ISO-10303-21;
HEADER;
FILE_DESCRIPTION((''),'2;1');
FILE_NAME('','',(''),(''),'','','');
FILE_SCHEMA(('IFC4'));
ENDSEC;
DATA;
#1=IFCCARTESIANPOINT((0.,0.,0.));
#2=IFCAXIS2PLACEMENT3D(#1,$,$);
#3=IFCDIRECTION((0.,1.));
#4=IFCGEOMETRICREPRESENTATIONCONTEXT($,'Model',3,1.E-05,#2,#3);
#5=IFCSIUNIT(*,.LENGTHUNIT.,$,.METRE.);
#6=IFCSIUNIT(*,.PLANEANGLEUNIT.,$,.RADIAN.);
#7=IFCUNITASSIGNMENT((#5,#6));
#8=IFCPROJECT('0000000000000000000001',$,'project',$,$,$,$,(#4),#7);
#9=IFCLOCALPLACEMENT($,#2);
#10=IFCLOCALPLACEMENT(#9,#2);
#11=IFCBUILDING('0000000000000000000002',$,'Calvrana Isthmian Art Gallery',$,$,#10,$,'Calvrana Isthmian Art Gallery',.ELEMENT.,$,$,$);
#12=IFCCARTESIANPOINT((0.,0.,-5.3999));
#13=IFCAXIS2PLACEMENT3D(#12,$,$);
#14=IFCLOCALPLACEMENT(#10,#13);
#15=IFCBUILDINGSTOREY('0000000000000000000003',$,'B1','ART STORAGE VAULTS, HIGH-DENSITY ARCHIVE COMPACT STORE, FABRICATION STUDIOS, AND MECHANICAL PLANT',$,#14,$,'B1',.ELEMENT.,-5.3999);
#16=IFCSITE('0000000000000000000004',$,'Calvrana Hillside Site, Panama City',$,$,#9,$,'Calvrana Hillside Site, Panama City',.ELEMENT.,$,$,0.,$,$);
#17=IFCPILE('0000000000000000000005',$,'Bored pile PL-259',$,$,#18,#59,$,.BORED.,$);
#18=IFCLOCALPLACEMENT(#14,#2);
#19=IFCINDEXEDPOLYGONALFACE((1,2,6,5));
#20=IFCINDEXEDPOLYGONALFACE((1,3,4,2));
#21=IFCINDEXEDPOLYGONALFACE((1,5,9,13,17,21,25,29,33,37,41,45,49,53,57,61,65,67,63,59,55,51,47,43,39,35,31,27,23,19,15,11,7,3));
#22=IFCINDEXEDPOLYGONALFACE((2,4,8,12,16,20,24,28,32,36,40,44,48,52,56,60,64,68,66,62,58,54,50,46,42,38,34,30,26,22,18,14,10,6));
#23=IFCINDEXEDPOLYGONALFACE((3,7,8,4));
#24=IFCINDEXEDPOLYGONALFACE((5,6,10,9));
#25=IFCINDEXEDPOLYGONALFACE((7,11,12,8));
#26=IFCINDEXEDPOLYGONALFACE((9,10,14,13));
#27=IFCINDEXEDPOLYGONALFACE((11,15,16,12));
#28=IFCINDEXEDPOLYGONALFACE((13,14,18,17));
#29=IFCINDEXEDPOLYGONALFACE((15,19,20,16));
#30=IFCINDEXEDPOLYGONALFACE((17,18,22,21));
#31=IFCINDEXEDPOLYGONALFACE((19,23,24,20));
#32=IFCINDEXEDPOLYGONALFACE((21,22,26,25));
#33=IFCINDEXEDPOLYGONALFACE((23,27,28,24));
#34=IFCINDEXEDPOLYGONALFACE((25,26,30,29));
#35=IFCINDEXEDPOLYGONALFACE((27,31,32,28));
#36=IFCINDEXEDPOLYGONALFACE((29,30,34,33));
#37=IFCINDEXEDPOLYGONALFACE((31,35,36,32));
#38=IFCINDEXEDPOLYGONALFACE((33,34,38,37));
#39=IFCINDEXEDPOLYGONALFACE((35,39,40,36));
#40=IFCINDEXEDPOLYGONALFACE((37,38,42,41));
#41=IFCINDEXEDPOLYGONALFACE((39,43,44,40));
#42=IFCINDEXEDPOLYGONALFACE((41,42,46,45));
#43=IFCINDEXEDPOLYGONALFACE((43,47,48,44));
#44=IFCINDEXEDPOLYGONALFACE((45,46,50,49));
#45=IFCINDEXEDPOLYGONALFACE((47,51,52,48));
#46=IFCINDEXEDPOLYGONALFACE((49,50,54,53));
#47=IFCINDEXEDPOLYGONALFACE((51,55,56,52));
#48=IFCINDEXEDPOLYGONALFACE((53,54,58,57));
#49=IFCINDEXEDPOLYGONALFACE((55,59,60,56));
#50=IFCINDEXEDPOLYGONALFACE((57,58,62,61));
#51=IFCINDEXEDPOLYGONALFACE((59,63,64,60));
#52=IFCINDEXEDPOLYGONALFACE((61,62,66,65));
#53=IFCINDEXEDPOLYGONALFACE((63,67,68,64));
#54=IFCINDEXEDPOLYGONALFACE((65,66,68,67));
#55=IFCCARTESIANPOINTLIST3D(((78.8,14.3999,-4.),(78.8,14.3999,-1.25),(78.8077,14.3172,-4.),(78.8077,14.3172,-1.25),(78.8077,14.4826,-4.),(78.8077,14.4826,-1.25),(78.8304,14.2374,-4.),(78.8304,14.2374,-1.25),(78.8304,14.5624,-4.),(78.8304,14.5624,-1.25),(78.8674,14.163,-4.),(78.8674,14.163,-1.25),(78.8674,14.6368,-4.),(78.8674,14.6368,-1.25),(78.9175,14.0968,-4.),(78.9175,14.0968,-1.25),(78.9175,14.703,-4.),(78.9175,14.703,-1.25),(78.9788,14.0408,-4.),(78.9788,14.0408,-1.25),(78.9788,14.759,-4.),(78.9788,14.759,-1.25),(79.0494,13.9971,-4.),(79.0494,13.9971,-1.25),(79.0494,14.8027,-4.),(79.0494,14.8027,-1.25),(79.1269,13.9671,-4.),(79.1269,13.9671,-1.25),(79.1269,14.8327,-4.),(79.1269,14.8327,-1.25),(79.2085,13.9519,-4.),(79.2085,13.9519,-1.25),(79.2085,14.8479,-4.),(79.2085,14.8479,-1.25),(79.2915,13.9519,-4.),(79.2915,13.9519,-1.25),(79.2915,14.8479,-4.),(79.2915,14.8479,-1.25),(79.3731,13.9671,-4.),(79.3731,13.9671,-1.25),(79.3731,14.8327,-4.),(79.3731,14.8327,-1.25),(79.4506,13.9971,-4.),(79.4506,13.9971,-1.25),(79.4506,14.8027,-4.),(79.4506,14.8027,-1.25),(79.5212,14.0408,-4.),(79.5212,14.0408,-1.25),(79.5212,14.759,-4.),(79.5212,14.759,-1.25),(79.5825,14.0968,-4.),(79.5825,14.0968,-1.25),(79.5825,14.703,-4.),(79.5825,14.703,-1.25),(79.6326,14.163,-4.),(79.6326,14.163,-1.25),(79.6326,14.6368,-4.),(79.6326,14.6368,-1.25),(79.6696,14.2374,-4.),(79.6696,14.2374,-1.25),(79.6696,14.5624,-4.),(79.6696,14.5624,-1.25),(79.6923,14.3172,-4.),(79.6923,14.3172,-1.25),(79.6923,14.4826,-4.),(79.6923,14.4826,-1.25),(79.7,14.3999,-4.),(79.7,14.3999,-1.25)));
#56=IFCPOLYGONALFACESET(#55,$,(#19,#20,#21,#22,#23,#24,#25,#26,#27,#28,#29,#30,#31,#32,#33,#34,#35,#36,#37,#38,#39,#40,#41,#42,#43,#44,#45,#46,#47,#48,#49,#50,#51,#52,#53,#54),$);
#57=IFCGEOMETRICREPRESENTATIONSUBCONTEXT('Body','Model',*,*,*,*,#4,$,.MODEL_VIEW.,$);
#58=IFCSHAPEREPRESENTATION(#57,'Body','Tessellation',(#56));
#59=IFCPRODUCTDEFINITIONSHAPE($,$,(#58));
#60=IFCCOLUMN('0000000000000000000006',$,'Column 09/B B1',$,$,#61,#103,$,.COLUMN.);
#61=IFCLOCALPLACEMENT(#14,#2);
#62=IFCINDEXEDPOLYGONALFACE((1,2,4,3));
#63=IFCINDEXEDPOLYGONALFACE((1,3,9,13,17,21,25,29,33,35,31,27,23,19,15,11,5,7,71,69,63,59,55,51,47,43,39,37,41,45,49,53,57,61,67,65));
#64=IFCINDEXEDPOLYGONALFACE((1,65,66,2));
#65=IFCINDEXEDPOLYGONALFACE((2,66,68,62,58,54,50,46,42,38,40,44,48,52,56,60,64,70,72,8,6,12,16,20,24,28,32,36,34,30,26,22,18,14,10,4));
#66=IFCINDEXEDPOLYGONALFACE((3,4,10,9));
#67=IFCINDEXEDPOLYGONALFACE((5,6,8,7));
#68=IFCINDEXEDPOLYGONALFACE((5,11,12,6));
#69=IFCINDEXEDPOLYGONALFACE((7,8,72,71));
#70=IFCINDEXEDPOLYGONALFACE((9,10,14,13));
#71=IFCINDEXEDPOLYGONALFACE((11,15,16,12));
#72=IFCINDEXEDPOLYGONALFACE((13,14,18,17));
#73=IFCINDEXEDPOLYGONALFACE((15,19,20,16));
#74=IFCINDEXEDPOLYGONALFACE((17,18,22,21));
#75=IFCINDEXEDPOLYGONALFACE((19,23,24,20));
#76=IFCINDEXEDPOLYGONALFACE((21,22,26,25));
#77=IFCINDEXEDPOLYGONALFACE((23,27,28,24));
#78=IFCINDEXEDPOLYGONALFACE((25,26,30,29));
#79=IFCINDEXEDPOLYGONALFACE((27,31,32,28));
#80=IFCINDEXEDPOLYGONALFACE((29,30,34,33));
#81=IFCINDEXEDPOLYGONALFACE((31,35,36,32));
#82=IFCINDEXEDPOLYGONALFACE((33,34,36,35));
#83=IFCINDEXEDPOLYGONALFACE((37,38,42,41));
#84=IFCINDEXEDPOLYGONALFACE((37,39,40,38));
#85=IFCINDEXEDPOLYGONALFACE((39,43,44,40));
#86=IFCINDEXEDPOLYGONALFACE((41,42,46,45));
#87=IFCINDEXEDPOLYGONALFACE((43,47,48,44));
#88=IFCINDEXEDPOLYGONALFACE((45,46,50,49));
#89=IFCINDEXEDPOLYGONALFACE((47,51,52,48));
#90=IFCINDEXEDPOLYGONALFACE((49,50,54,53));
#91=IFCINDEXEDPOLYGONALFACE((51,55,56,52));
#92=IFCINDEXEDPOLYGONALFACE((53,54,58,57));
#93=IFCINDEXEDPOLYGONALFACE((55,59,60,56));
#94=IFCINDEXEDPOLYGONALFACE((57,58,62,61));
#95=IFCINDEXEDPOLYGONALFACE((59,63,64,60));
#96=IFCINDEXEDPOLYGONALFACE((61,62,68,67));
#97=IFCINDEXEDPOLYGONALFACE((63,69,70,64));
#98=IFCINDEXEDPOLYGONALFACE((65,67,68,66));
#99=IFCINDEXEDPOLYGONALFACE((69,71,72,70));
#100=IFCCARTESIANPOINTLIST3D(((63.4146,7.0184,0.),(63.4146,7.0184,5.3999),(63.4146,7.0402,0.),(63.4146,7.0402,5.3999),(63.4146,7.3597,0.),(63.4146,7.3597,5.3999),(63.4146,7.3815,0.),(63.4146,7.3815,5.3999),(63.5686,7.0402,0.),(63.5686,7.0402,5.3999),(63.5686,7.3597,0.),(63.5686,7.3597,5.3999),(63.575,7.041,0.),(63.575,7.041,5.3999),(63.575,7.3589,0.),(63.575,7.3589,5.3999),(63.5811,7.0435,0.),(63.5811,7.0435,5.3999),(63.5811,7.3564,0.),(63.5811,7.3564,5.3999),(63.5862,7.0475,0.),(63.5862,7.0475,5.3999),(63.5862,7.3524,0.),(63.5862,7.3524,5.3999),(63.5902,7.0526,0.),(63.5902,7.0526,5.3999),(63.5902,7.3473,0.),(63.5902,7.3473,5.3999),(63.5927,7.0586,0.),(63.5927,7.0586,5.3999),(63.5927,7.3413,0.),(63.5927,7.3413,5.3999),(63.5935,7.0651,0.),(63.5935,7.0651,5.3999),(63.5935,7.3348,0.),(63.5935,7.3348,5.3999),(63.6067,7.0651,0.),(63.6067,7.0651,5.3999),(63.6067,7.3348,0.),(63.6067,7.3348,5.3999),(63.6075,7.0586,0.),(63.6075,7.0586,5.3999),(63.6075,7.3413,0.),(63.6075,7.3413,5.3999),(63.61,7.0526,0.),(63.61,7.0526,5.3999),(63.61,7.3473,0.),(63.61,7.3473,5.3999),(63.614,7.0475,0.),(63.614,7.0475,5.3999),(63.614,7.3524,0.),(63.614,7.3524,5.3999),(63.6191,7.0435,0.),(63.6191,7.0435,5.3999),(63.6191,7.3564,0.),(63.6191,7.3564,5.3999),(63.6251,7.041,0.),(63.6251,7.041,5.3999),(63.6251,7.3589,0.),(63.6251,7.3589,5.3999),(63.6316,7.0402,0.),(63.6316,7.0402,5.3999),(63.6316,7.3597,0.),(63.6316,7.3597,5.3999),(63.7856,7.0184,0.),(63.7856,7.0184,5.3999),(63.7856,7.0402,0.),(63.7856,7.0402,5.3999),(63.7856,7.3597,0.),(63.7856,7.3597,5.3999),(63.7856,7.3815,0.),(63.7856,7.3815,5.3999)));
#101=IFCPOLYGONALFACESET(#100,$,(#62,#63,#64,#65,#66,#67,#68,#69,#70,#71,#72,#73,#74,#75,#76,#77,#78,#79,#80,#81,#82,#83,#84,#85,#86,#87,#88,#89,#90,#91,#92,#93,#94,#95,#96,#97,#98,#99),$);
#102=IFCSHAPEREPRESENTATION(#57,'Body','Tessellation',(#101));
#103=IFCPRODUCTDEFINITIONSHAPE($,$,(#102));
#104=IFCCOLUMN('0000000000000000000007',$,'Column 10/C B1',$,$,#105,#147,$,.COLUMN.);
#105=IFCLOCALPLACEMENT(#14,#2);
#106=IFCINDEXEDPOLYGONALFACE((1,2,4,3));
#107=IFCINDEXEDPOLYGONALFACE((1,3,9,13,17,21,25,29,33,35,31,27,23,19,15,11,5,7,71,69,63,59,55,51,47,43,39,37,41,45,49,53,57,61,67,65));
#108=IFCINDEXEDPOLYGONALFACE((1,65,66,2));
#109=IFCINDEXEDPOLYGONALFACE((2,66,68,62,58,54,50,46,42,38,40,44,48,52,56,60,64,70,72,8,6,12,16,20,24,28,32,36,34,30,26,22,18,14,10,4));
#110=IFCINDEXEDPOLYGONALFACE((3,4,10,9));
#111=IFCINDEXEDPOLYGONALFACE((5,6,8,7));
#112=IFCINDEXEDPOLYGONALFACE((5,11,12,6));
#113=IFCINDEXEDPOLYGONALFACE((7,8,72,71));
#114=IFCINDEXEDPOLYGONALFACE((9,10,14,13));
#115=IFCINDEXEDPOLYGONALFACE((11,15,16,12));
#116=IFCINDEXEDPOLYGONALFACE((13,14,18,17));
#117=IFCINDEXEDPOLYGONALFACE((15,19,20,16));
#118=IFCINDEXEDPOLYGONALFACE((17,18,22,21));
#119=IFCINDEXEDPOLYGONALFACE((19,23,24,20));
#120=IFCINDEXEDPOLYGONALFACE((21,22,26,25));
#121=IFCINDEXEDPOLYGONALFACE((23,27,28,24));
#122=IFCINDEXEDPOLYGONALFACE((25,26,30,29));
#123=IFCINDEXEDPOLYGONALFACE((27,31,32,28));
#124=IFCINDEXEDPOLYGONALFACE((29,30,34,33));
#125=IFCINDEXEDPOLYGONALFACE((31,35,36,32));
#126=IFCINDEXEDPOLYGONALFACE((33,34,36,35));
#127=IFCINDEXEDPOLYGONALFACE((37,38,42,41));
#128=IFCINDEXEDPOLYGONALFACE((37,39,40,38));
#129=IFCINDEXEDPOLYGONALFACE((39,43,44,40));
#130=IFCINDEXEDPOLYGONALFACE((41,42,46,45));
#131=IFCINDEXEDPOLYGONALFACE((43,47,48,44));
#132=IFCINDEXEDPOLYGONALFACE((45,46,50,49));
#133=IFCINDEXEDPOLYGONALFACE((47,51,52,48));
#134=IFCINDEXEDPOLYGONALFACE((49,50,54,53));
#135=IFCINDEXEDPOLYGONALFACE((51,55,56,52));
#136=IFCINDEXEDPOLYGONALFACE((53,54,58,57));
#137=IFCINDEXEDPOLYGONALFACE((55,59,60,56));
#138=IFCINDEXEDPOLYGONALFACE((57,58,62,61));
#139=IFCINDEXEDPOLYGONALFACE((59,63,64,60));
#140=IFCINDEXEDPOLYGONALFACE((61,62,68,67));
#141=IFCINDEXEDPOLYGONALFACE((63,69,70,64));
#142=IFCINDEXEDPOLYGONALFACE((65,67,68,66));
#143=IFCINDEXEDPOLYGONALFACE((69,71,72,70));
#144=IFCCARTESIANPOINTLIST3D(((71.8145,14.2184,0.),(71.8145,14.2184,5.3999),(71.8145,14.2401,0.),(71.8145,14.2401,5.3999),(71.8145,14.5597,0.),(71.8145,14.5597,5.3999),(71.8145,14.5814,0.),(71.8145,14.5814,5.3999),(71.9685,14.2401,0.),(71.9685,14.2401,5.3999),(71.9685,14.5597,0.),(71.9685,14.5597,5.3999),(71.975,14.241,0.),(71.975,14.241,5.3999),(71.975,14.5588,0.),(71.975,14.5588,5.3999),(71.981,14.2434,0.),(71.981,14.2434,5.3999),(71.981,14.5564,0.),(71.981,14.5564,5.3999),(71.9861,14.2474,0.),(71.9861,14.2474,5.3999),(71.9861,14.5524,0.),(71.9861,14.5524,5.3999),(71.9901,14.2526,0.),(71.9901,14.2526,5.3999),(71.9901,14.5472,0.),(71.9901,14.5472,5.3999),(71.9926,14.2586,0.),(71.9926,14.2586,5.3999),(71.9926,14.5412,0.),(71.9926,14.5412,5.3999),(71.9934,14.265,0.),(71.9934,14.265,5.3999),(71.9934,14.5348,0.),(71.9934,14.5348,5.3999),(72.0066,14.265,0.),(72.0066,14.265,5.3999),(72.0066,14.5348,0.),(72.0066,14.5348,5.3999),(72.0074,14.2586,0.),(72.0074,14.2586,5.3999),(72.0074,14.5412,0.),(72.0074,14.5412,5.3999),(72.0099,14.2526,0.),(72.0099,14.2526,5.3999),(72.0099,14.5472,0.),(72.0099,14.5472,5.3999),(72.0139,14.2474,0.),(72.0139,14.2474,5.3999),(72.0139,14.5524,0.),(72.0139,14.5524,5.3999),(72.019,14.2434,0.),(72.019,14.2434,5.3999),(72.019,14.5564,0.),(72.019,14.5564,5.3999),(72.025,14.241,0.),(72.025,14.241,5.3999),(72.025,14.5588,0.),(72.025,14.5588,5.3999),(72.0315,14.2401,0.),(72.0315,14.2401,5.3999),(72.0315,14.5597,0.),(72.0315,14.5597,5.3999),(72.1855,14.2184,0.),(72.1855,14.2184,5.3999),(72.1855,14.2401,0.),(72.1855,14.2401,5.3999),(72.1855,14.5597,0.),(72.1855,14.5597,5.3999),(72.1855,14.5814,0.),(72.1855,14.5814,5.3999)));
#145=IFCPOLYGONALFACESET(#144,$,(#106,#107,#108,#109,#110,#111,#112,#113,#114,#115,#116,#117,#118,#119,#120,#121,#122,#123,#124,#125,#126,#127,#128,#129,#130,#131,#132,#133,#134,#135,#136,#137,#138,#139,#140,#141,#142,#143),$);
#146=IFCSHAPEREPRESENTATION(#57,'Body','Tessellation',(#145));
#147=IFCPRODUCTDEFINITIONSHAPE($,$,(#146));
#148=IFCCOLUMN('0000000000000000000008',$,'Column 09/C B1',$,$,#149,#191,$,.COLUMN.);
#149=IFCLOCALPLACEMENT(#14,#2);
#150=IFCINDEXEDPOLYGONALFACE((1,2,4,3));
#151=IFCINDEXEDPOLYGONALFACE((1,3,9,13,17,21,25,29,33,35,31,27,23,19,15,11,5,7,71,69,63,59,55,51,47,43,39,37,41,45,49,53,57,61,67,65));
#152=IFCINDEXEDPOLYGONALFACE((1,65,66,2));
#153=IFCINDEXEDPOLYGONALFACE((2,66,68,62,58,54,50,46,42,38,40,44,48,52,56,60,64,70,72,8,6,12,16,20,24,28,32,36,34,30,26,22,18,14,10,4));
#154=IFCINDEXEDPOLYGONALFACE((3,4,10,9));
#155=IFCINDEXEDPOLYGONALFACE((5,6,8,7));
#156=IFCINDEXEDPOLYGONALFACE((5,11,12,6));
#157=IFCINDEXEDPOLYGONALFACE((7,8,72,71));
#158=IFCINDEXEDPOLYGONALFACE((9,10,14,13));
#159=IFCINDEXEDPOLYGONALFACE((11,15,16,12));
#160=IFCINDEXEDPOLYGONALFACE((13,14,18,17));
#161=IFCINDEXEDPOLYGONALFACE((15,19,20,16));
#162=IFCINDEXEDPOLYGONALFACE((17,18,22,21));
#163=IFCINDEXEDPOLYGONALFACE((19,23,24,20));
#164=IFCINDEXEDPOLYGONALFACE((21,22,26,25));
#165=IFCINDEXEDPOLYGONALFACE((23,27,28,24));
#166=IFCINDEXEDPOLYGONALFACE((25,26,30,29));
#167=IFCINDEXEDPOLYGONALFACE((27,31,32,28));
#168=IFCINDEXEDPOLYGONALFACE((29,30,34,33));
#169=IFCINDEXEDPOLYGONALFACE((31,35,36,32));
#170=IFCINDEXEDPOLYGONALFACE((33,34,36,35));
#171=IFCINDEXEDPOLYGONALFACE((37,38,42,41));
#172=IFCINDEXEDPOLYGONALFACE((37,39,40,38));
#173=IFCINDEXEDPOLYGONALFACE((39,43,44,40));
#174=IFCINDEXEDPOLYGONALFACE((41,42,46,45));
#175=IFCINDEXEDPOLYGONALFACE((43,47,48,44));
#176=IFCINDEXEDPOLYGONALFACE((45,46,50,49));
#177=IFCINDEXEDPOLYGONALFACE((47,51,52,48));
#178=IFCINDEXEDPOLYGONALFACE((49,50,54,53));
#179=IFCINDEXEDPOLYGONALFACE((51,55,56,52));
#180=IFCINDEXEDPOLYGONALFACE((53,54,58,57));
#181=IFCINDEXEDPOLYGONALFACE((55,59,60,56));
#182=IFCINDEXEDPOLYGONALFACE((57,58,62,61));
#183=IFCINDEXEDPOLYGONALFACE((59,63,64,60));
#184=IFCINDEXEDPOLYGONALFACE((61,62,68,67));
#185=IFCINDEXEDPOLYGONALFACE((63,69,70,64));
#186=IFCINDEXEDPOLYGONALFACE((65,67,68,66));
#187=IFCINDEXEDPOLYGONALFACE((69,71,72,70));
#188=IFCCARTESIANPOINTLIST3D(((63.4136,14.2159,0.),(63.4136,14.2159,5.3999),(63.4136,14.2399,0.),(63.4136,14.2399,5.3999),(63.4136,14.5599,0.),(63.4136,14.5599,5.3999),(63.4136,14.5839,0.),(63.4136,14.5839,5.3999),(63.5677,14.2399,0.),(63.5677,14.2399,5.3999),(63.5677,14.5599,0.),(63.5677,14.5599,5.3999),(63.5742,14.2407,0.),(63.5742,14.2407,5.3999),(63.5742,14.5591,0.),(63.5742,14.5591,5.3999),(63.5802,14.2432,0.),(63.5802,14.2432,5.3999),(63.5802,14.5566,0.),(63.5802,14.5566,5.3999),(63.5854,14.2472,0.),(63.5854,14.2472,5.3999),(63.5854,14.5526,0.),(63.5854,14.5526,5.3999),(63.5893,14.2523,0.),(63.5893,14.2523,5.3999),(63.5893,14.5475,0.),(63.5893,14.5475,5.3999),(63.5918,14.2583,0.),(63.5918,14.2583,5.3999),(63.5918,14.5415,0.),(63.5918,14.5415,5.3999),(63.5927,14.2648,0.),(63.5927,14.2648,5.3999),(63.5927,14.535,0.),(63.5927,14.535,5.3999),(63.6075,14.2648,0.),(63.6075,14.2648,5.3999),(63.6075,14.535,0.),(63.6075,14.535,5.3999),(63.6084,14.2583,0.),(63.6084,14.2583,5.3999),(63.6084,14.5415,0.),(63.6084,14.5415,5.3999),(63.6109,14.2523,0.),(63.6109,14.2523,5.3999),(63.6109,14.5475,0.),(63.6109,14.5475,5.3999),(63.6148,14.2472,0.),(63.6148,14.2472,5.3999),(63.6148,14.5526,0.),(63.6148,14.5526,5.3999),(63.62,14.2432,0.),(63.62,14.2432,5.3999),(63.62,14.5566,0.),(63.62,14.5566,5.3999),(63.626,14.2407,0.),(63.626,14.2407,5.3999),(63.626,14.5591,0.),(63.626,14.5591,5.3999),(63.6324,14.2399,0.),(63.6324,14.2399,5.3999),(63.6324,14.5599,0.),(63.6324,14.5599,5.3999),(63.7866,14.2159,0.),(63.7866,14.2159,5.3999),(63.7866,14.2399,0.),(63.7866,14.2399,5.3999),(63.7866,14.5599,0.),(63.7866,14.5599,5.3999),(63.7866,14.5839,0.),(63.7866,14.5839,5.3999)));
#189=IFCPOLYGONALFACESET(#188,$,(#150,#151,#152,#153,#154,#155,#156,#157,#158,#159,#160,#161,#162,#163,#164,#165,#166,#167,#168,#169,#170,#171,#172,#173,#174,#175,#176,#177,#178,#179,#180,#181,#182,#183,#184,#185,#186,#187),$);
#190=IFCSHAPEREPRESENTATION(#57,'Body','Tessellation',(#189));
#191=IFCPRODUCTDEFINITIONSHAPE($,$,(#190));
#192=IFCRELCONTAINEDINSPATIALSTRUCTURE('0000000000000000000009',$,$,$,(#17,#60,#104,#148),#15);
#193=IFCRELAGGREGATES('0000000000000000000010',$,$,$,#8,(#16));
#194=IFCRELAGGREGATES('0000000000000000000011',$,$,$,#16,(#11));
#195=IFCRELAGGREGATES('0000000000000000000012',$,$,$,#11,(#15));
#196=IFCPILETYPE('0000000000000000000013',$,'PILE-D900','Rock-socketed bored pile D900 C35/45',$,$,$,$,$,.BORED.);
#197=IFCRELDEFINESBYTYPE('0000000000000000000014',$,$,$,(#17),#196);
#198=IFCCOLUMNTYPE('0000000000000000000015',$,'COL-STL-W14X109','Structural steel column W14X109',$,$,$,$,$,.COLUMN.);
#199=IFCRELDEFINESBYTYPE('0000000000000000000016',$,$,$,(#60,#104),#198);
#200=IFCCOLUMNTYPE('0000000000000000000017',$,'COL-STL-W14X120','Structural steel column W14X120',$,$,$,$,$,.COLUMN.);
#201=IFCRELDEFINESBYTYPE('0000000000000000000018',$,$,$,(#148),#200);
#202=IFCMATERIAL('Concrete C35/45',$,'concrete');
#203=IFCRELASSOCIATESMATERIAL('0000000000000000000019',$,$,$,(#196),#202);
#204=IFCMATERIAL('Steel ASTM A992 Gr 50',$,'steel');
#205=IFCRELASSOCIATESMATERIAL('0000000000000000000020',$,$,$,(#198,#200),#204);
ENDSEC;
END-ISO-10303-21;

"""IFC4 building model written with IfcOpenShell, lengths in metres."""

from ifc_helpers import new_model, si_unit, direction, frame, origin, origin_2d, place, context, subcontext, project, spatial, circle, i_section, extrude, material, material_profile, profile_set, type_object, element, save


model = new_model("IFC4")

# Units and contexts
model_context = context("Model", 3, precision=1e-05, world=origin(), true_north=direction((0.0, 1.0)))
body_context = subcontext(model_context, "Body", "Model", "MODEL_VIEW")
ifc_project = project(units=[si_unit("LENGTHUNIT", "METRE"), si_unit("PLANEANGLEUNIT", "RADIAN")], contexts=[model_context])

# Site, building, storey
site_placement = place(None, origin())
site = spatial("IfcSite", under=ifc_project, at=site_placement, Name="Calvrana Hillside Site, Panama City", LongName="Calvrana Hillside Site, Panama City", CompositionType="ELEMENT", RefElevation=0.0)
building_placement = place(site_placement, origin())
building = spatial("IfcBuilding", under=site, at=building_placement, Name="Calvrana Isthmian Art Gallery", LongName="Calvrana Isthmian Art Gallery", CompositionType="ELEMENT")
storey_placement = place(building_placement, frame((0.0, 0.0, -5.3999)))
storey = spatial("IfcBuildingStorey", under=building, at=storey_placement, Name="B1", Description="ART STORAGE VAULTS, HIGH-DENSITY ARCHIVE COMPACT STORE, FABRICATION STUDIOS, AND MECHANICAL PLANT", LongName="B1", CompositionType="ELEMENT", Elevation=-5.3999)

# Shared definitions
ifc_material_1 = material(Name="Concrete C35/45", Category="concrete")

# Pile
ifc_material_profile_1 = material_profile(ifc_material_1, circle(Radius=0.45, at=origin_2d()), Name="PILE900D")
ifc_profile_set_1 = profile_set([ifc_material_profile_1], Name="Concrete C35/45")
pile_type_1 = type_object("IfcPileType", Name="PILE-D900", Description="Rock-socketed bored pile D900 C35/45", PredefinedType="BORED", material=ifc_profile_set_1)
pile_1_placement = place(storey_placement, frame((79.25, 14.3999, -1.25), z_axis=(0.0, 0.0, -1.0), x_axis=(1.0, 0.0, 0.0)))
element("IfcPile", 1, at=pile_1_placement, inside=storey, type_object=pile_type_1, Name="Bored pile PL-259", PredefinedType="BORED", context=body_context, shape_type="SweptSolid", body=[
    extrude(circle(Radius=0.45, at=origin_2d()), origin(), (0.0, 0.0, 1.0), 2.75),
])

# Columns
ifc_material_2 = material(Name="Steel ASTM A992 Gr 50", Category="steel")
ifc_material_profile_2 = material_profile(ifc_material_2, i_section(OverallWidth=0.3711, OverallDepth=0.363, WebThickness=0.0132, FlangeThickness=0.0217, FilletRadius=0.0249, at=origin_2d()), Name="W14X109")
ifc_profile_set_2 = profile_set([ifc_material_profile_2], Name="Steel ASTM A992 Gr 50")
column_type_1 = type_object("IfcColumnType", Name="COL-STL-W14X109", Description="Structural steel column W14X109", PredefinedType="COLUMN", material=ifc_profile_set_2)
for number, where, z_axis, x_axis, name in (
    (2, (63.6001, 7.2, 0.0), (0.0, 0.0, 1.0), (1.0, 0.0, 0.0), "Column 09/B B1"),
    (3, (72.0, 14.3999, 0.0), (0.0, 0.0, 1.0), (1.0, 0.0, 0.0), "Column 10/C B1"),
):
    element("IfcColumn", number, at=place(storey_placement, frame(where, z_axis=z_axis, x_axis=x_axis)), inside=storey, type_object=column_type_1, Name=name, PredefinedType="COLUMN", context=body_context, shape_type="SweptSolid", body=[
        extrude(i_section(OverallWidth=0.3711, OverallDepth=0.363, WebThickness=0.0132, FlangeThickness=0.0217, FilletRadius=0.0249, at=origin_2d()), origin(), (0.0, 0.0, 1.0), 5.3999),
    ])
ifc_material_profile_3 = material_profile(ifc_material_2, i_section(OverallWidth=0.373, OverallDepth=0.3679, WebThickness=0.0149, FlangeThickness=0.0239, FilletRadius=0.0249, at=origin_2d()), Name="W14X120")
ifc_profile_set_3 = profile_set([ifc_material_profile_3], Name="Steel ASTM A992 Gr 50")
column_type_2 = type_object("IfcColumnType", Name="COL-STL-W14X120", Description="Structural steel column W14X120", PredefinedType="COLUMN", material=ifc_profile_set_3)
for number, where, z_axis, x_axis, name in (
    (4, (63.6001, 14.3999, 0.0), (0.0, 0.0, 1.0), (1.0, 0.0, 0.0), "Column 09/C B1"),
):
    element("IfcColumn", number, at=place(storey_placement, frame(where, z_axis=z_axis, x_axis=x_axis)), inside=storey, type_object=column_type_2, Name=name, PredefinedType="COLUMN", context=body_context, shape_type="SweptSolid", body=[
        extrude(i_section(OverallWidth=0.373, OverallDepth=0.3679, WebThickness=0.0149, FlangeThickness=0.0239, FilletRadius=0.0249, at=origin_2d()), origin(), (0.0, 0.0, 1.0), 5.3999),
    ])

save(model, "model.ifc")
